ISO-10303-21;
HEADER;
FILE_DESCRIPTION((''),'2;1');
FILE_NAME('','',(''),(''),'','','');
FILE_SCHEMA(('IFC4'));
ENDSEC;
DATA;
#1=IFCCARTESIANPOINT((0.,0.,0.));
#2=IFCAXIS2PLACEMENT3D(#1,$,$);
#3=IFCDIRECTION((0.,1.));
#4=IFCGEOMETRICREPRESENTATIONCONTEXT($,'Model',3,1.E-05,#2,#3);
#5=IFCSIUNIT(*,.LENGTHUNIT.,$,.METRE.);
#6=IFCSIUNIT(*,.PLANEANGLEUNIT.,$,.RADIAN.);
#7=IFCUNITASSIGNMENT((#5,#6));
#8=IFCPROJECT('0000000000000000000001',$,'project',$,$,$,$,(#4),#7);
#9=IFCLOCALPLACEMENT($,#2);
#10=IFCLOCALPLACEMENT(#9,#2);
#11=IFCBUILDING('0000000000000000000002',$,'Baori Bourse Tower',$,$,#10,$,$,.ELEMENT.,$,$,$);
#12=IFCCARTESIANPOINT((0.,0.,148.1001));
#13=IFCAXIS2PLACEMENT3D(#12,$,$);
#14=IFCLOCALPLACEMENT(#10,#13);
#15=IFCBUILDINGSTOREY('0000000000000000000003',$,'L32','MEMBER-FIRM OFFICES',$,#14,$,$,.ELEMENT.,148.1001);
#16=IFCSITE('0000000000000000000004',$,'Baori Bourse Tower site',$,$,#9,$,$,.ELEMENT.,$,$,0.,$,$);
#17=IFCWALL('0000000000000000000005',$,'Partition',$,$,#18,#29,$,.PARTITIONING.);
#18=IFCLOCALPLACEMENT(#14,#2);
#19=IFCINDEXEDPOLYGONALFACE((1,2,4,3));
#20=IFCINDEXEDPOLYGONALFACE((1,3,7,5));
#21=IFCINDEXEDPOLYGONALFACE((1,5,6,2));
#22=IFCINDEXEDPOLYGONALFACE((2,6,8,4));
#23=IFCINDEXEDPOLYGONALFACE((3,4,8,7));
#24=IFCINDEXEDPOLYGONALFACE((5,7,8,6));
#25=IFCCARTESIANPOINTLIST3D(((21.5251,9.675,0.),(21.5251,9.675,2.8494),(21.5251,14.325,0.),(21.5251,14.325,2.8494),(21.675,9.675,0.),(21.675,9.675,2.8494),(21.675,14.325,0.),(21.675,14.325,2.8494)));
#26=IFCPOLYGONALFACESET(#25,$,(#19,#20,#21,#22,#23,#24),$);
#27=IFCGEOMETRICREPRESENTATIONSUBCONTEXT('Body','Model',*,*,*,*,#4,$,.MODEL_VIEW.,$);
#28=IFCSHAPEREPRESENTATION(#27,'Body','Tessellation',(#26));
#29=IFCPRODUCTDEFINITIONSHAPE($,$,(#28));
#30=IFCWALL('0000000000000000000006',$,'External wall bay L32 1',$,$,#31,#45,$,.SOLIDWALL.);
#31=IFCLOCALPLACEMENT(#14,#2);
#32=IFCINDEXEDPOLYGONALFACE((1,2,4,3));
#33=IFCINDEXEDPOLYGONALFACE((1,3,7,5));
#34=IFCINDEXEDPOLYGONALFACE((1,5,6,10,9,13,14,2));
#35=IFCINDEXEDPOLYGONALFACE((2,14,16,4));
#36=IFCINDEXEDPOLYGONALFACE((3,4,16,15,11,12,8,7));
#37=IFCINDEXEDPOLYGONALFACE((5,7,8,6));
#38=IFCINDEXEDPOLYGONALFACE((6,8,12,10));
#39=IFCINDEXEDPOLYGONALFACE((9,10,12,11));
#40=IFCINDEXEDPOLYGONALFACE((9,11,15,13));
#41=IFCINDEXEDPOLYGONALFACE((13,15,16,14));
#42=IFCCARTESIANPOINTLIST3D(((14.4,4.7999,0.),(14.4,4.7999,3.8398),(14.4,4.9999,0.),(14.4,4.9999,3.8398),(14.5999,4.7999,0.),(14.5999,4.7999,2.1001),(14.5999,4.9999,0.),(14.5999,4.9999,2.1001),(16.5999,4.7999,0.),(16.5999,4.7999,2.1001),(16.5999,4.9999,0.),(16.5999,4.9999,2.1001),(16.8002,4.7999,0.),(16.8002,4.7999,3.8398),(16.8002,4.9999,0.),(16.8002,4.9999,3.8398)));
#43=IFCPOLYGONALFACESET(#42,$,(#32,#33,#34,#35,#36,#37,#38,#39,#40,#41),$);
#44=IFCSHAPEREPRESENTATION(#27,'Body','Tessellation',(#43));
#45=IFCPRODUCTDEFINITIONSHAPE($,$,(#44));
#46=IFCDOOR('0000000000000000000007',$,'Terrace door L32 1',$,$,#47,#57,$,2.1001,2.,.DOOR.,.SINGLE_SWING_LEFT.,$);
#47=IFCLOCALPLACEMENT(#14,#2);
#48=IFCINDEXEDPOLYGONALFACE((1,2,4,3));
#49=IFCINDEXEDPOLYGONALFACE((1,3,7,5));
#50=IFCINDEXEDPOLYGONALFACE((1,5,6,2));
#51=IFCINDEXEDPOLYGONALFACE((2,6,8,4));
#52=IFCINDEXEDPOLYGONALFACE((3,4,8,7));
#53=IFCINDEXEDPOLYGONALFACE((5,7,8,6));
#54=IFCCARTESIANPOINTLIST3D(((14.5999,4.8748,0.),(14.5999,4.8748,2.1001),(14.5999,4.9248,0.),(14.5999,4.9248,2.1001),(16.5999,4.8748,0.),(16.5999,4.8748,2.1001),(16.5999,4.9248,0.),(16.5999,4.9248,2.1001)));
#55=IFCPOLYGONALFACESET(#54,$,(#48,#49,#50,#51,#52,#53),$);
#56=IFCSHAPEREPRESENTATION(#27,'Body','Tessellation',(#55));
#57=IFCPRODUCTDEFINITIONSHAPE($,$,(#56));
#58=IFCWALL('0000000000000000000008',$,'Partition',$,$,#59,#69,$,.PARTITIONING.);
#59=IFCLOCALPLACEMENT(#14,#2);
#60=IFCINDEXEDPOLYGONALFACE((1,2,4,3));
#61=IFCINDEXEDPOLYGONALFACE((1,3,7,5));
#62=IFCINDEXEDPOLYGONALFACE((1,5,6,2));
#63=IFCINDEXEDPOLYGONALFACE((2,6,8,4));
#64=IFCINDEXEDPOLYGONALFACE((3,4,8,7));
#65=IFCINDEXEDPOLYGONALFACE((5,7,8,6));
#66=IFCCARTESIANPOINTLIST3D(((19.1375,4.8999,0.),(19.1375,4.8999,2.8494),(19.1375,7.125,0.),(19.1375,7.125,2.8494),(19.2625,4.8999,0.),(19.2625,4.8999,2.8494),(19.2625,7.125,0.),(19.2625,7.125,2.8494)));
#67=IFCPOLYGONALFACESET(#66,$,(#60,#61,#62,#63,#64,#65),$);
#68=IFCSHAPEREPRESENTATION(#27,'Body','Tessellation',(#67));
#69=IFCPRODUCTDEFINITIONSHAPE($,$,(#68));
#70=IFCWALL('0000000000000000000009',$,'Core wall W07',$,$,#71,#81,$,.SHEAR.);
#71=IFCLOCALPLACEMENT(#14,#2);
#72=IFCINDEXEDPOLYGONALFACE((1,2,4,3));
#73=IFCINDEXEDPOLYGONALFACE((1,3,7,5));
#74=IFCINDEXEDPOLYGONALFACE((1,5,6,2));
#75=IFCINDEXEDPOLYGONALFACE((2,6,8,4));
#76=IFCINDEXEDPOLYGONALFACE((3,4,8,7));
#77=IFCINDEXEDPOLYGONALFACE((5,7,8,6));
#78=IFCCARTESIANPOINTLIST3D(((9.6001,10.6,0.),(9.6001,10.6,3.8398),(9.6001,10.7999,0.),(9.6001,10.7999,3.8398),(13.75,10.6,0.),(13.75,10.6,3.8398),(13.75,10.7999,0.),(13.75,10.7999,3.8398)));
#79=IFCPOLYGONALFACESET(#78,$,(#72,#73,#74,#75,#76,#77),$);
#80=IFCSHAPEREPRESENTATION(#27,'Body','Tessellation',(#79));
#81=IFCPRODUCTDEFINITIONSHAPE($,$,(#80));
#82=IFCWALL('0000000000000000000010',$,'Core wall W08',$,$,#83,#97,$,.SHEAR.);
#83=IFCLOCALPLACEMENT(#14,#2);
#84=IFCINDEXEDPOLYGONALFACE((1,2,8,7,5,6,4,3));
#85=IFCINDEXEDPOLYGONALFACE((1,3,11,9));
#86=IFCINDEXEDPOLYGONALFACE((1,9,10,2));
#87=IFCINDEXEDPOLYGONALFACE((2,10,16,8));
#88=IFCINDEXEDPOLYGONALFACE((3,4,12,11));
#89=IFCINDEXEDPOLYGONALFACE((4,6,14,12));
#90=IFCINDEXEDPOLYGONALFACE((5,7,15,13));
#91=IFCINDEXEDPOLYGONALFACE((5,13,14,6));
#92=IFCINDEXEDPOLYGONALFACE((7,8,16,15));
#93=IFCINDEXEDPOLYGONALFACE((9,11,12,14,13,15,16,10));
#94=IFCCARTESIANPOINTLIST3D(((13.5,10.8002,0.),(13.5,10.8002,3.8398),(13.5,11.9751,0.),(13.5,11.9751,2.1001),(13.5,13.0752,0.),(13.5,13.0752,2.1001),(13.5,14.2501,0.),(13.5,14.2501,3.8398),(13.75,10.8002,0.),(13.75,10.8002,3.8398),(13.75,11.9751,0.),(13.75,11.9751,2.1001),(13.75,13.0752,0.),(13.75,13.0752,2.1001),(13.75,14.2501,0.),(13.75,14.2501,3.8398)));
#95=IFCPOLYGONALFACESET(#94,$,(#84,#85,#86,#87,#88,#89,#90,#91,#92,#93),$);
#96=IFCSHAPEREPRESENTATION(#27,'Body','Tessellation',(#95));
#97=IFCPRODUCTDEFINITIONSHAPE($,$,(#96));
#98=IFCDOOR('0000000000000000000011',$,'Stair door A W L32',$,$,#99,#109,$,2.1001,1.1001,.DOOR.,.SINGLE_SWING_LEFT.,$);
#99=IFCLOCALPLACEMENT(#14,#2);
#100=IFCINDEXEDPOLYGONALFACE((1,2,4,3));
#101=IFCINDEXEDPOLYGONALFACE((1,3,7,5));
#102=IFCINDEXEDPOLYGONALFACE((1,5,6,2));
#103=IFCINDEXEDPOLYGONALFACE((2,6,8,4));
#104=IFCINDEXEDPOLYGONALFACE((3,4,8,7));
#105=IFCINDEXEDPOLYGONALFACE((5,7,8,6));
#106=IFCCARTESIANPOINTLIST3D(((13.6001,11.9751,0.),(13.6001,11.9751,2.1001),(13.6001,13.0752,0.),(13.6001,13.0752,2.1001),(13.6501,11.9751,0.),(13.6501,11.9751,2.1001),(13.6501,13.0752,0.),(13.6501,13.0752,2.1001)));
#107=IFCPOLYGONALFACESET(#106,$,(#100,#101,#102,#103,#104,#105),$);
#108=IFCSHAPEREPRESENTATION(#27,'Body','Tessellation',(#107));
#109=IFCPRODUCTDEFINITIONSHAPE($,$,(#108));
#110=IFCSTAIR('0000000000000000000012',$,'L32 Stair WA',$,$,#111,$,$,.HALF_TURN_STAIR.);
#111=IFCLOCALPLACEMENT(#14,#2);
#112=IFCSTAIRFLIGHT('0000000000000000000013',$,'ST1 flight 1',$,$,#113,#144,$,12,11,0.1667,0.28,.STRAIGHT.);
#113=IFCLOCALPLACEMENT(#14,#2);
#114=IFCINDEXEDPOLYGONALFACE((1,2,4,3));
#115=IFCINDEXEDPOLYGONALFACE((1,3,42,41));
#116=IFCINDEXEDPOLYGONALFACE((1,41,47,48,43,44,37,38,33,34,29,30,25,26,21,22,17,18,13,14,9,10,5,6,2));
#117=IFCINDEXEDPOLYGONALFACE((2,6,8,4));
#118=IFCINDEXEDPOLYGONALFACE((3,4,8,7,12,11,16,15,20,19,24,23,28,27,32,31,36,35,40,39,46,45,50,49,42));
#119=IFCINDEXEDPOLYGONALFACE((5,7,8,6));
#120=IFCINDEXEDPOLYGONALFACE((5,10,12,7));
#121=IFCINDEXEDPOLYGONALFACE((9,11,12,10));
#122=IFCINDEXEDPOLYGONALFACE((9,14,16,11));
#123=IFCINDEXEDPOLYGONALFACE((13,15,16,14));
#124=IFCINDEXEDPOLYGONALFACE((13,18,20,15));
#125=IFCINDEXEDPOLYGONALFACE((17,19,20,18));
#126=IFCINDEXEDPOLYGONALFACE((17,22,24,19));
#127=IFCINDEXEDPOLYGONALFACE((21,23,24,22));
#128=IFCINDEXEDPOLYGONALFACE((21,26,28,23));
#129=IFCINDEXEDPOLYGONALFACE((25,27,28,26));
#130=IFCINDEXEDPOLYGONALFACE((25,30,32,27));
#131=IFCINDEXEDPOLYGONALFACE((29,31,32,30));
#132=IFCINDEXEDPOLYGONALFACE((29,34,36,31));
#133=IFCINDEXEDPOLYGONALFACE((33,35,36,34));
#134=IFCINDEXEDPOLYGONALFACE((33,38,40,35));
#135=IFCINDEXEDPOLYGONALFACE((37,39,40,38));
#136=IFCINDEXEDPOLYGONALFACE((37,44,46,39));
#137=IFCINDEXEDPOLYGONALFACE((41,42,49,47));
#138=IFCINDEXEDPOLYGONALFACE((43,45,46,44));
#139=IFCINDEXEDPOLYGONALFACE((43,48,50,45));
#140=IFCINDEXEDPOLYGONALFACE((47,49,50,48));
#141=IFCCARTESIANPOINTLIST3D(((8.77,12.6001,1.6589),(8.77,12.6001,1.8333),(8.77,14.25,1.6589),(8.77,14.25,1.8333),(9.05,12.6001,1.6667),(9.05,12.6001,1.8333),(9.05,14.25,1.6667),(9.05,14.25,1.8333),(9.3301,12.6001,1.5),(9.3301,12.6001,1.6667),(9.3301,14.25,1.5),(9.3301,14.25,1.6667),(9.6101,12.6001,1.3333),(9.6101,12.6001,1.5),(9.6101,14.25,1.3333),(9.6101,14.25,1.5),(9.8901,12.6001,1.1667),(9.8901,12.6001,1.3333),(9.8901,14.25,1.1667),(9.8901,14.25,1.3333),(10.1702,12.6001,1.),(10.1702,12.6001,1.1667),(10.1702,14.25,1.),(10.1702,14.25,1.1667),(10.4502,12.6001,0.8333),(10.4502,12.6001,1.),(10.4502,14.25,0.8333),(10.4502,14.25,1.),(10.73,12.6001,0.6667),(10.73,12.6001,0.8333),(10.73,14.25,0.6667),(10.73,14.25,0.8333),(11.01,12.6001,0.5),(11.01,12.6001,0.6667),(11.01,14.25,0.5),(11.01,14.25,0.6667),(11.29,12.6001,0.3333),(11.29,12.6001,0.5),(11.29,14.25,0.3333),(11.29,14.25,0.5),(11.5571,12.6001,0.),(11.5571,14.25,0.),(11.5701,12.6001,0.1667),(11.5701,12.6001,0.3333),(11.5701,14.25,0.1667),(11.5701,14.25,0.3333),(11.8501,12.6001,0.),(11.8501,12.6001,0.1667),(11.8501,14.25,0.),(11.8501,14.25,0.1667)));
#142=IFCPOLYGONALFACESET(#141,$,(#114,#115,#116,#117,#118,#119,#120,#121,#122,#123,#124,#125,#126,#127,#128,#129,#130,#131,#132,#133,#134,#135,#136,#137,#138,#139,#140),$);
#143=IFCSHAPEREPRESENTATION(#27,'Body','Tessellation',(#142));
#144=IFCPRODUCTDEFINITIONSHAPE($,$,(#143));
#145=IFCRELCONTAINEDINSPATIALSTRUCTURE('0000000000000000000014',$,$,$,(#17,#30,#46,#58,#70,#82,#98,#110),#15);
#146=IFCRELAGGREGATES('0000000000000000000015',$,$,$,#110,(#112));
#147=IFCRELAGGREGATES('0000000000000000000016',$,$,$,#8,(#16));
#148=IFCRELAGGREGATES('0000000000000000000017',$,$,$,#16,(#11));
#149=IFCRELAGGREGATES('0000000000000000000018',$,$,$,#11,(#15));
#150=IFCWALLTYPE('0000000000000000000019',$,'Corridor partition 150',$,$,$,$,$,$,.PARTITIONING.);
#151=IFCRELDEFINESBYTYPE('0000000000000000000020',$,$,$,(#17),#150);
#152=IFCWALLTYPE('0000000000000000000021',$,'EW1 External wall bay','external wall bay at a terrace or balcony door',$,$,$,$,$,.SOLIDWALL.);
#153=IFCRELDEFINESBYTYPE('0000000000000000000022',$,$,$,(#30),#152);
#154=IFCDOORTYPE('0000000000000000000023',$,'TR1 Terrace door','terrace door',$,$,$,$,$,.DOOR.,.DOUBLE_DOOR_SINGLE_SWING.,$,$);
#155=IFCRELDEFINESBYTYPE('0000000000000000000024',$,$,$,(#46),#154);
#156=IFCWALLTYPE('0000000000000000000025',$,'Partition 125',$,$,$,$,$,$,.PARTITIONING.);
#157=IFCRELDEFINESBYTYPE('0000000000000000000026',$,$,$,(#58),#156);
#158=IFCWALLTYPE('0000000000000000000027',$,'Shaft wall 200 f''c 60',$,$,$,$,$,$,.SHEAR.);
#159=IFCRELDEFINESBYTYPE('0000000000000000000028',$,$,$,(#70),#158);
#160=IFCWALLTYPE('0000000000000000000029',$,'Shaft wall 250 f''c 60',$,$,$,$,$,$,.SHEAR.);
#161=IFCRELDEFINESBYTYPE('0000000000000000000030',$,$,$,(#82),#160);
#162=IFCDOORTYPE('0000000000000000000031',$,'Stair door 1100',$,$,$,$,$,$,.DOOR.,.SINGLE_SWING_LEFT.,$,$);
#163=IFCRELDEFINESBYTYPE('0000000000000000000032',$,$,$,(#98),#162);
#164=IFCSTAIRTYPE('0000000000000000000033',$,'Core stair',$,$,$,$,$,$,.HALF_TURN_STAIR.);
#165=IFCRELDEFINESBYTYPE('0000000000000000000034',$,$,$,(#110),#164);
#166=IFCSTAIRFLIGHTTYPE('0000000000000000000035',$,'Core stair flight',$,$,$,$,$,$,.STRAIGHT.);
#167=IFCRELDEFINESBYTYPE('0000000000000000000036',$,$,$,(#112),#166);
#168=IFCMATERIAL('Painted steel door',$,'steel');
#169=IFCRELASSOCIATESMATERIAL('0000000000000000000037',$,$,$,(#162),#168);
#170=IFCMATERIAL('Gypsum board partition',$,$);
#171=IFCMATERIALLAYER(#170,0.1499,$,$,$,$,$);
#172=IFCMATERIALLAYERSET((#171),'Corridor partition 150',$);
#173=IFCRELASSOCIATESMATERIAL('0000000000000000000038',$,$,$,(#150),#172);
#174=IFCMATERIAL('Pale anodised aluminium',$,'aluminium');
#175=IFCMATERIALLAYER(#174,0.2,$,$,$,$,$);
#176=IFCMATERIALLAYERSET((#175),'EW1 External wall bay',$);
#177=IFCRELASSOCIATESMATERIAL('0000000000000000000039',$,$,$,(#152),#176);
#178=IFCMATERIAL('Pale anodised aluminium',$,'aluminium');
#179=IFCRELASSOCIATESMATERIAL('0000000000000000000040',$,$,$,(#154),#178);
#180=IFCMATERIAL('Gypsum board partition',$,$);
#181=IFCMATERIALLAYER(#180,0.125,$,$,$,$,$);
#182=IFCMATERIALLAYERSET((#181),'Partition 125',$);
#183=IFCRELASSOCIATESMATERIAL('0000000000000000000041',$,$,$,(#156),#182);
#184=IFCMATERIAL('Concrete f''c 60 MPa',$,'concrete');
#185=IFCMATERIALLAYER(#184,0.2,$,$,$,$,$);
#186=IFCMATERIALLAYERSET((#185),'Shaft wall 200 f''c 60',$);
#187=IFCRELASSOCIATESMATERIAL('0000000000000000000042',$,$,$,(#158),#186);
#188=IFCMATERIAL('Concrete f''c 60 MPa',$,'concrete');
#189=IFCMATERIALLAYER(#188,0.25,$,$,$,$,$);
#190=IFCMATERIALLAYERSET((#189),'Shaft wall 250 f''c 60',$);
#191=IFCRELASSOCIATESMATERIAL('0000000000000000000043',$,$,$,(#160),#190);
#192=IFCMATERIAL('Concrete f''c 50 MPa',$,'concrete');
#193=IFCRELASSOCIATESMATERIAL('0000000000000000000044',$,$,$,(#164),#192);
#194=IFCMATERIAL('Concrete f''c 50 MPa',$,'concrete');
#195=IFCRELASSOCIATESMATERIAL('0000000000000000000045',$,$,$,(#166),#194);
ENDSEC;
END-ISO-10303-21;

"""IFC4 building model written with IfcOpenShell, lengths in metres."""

from ifc_helpers import new_model, si_unit, direction, frame, frame_2d, origin, place, context, subcontext, project, spatial, polyline, rectangle, outline, extrude, material, layer, layer_set, type_object, element, fill, aggregate, save


model = new_model("IFC4")

# Units and contexts
model_context = context("Model", 3, precision=1e-05, world=origin(), true_north=direction((0.0, 1.0)))
body_context = subcontext(model_context, "Body", "Model", "MODEL_VIEW")
ifc_project = project(units=[si_unit("LENGTHUNIT", "METRE"), si_unit("PLANEANGLEUNIT", "RADIAN")], contexts=[model_context])

# Site, building, storey
site_placement = place(None, origin())
site = spatial("IfcSite", under=ifc_project, at=site_placement, Name="Baori Bourse Tower site", CompositionType="ELEMENT", RefElevation=0.0)
building_placement = place(site_placement, origin())
building = spatial("IfcBuilding", under=site, at=building_placement, Name="Baori Bourse Tower", CompositionType="ELEMENT")
storey_placement = place(building_placement, frame((0.0, 0.0, 148.1001)))
storey = spatial("IfcBuildingStorey", under=building, at=storey_placement, Name="L32", Description="MEMBER-FIRM OFFICES", CompositionType="ELEMENT", Elevation=148.1001)

# Shared definitions
ifc_material_1 = material(Name="Painted steel door", Category="steel")
door_type_1 = type_object("IfcDoorType", Name="Stair door 1100", OperationType="SINGLE_SWING_LEFT", PredefinedType="DOOR", material=ifc_material_1)

# Shared definitions
ifc_material_2 = material(Name="Gypsum board partition")
ifc_layer_1 = layer(ifc_material_2, 0.1499)
ifc_layer_set_1 = layer_set([ifc_layer_1], Name="Corridor partition 150")
wall_type_1 = type_object("IfcWallType", Name="Corridor partition 150", PredefinedType="PARTITIONING", material=ifc_layer_set_1)

# Wall
wall_1_placement = place(storey_placement, frame((21.6001, 9.675, 0.0), z_axis=(0.0, 0.0, 1.0), x_axis=(0.0, 1.0, 0.0)))
element("IfcWall", 1, at=wall_1_placement, inside=storey, type_object=wall_type_1, Name="Partition", PredefinedType="PARTITIONING", context=body_context, shape_type="SweptSolid", body=[
    extrude(rectangle(XDim=4.6499, YDim=0.1499, at=frame_2d((2.325, 0.0))), origin(), (0.0, 0.0, 1.0), 2.8494),
])

# Wall, opening, door
ifc_material_3 = material(Name="Pale anodised aluminium", Category="aluminium")
ifc_layer_2 = layer(ifc_material_3, 0.2)
ifc_layer_set_2 = layer_set([ifc_layer_2], Name="EW1 External wall bay")
wall_type_2 = type_object("IfcWallType", Name="EW1 External wall bay", Description="external wall bay at a terrace or balcony door", PredefinedType="SOLIDWALL", material=ifc_layer_set_2)
wall_2_placement = place(storey_placement, frame((14.3999, 4.8999, 0.0), z_axis=(0.0, 0.0, 1.0), x_axis=(1.0, 0.0, 0.0)))
wall_2 = element("IfcWall", 2, at=wall_2_placement, inside=storey, type_object=wall_type_2, Name="External wall bay L32 1", PredefinedType="SOLIDWALL", context=body_context, shape_type="SweptSolid", body=[
    extrude(rectangle(XDim=2.4001, YDim=0.2, at=frame_2d((1.2002, 0.0))), origin(), (0.0, 0.0, 1.0), 3.8398),
])
opening_1_placement = place(wall_2_placement, frame((0.2, 0.0, 0.0)))
opening_1 = element("IfcOpeningElement", 3, at=opening_1_placement, cuts=wall_2, PredefinedType="OPENING", context=body_context, shape_type="SweptSolid", body=[
    extrude(rectangle(XDim=2.0, YDim=2.1001, at=frame_2d((1.0, 1.05))), frame((0.0, 0.1099, 0.0), z_axis=(0.0, -1.0, 0.0), x_axis=(1.0, 0.0, 0.0)), (0.0, 0.0, 1.0), 0.22),
])
ifc_material_4 = material(Name="Pale anodised aluminium", Category="aluminium")
door_type_2 = type_object("IfcDoorType", Name="TR1 Terrace door", Description="terrace door", OperationType="DOUBLE_DOOR_SINGLE_SWING", PredefinedType="DOOR", material=ifc_material_4)
door_1_placement = place(opening_1_placement, origin())
door_1 = element("IfcDoor", 4, at=door_1_placement, inside=storey, type_object=door_type_2, Name="Terrace door L32 1", OperationType="SINGLE_SWING_LEFT", OverallHeight=2.1001, OverallWidth=2.0, PredefinedType="DOOR", context=body_context, shape_type="SweptSolid", body=[
    extrude(rectangle(XDim=2.0, YDim=2.1001, at=frame_2d((1.0, 1.05))), frame((0.0, 0.0249, 0.0), z_axis=(0.0, -1.0, 0.0), x_axis=(1.0, 0.0, 0.0)), (0.0, 0.0, 1.0), 0.05),
])
fill(opening_1, door_1)

# Walls
ifc_material_5 = material(Name="Gypsum board partition")
ifc_layer_3 = layer(ifc_material_5, 0.125)
ifc_layer_set_3 = layer_set([ifc_layer_3], Name="Partition 125")
wall_type_3 = type_object("IfcWallType", Name="Partition 125", PredefinedType="PARTITIONING", material=ifc_layer_set_3)
wall_3_placement = place(storey_placement, frame((19.2, 4.8999, 0.0), z_axis=(0.0, 0.0, 1.0), x_axis=(0.0, 1.0, 0.0)))
element("IfcWall", 5, at=wall_3_placement, inside=storey, type_object=wall_type_3, Name="Partition", PredefinedType="PARTITIONING", context=body_context, shape_type="SweptSolid", body=[
    extrude(rectangle(XDim=2.2251, YDim=0.125, at=frame_2d((1.1125, 0.0))), origin(), (0.0, 0.0, 1.0), 2.8494),
])
ifc_material_6 = material(Name="Concrete f'c 60 MPa", Category="concrete")
ifc_layer_4 = layer(ifc_material_6, 0.2)
ifc_layer_set_4 = layer_set([ifc_layer_4], Name="Shaft wall 200 f'c 60")
wall_type_4 = type_object("IfcWallType", Name="Shaft wall 200 f'c 60", PredefinedType="SHEAR", material=ifc_layer_set_4)
wall_4_placement = place(storey_placement, frame((9.6001, 10.7, 0.0), z_axis=(0.0, 0.0, 1.0), x_axis=(1.0, 0.0, 0.0)))
element("IfcWall", 6, at=wall_4_placement, inside=storey, type_object=wall_type_4, Name="Core wall W07", PredefinedType="SHEAR", context=body_context, shape_type="SweptSolid", body=[
    extrude(rectangle(XDim=4.1499, YDim=0.2, at=frame_2d((2.075, 0.0))), origin(), (0.0, 0.0, 1.0), 3.8398),
])

# Wall, opening, door
ifc_material_7 = material(Name="Concrete f'c 60 MPa", Category="concrete")
ifc_layer_5 = layer(ifc_material_7, 0.25)
ifc_layer_set_5 = layer_set([ifc_layer_5], Name="Shaft wall 250 f'c 60")
wall_type_5 = type_object("IfcWallType", Name="Shaft wall 250 f'c 60", PredefinedType="SHEAR", material=ifc_layer_set_5)
wall_5_placement = place(storey_placement, frame((13.625, 10.8, 0.0), z_axis=(0.0, 0.0, 1.0), x_axis=(0.0, 1.0, 0.0)))
wall_5 = element("IfcWall", 7, at=wall_5_placement, inside=storey, type_object=wall_type_5, Name="Core wall W08", PredefinedType="SHEAR", context=body_context, shape_type="SweptSolid", body=[
    extrude(rectangle(XDim=3.45, YDim=0.25, at=frame_2d((1.7251, 0.0))), origin(), (0.0, 0.0, 1.0), 3.8398),
])
opening_2_placement = place(wall_5_placement, frame((1.175, 0.0, 0.0)))
opening_2 = element("IfcOpeningElement", 8, at=opening_2_placement, cuts=wall_5, PredefinedType="OPENING", context=body_context, shape_type="SweptSolid", body=[
    extrude(rectangle(XDim=1.1001, YDim=2.1001, at=frame_2d((0.55, 1.05))), frame((0.0, 0.135, 0.0), z_axis=(0.0, -1.0, 0.0), x_axis=(1.0, 0.0, 0.0)), (0.0, 0.0, 1.0), 0.27),
])
door_2_placement = place(opening_2_placement, origin())
door_2 = element("IfcDoor", 9, at=door_2_placement, inside=storey, type_object=door_type_1, Name="Stair door A W L32", OperationType="SINGLE_SWING_LEFT", OverallHeight=2.1001, OverallWidth=1.1001, PredefinedType="DOOR", context=body_context, shape_type="SweptSolid", body=[
    extrude(rectangle(XDim=1.1001, YDim=2.1001, at=frame_2d((0.55, 1.05))), frame((0.0, 0.0249, 0.0), z_axis=(0.0, -1.0, 0.0), x_axis=(1.0, 0.0, 0.0)), (0.0, 0.0, 1.0), 0.05),
])
fill(opening_2, door_2)

# Stair, stair flight
ifc_material_8 = material(Name="Concrete f'c 50 MPa", Category="concrete")
stair_type = type_object("IfcStairType", Name="Core stair", PredefinedType="HALF_TURN_STAIR", material=ifc_material_8)
stair_placement = place(storey_placement, origin())
stair = element("IfcStair", 10, at=stair_placement, inside=storey, type_object=stair_type, Name="L32 Stair WA", PredefinedType="HALF_TURN_STAIR")
ifc_material_9 = material(Name="Concrete f'c 50 MPa", Category="concrete")
stair_flight_type = type_object("IfcStairFlightType", Name="Core stair flight", PredefinedType="STRAIGHT", material=ifc_material_9)
stair_flight_placement = place(storey_placement, frame((11.8501, 13.425, 0.0), z_axis=(0.0, 0.0, 1.0), x_axis=(-1.0, 0.0, 0.0)))
stair_flight = element("IfcStairFlight", 11, at=stair_flight_placement, type_object=stair_flight_type, Name="ST1 flight 1", NumberOfRisers=12, NumberOfTreads=11, PredefinedType="STRAIGHT", RiserHeight=0.1667, TreadLength=0.28, context=body_context, shape_type="SweptSolid", body=[
    extrude(outline(polyline([(0.0, 0.0), (0.0, 0.1667), (0.28, 0.1667), (0.28, 0.3333), (0.5601, 0.3333), (0.5601, 0.5), (0.8401, 0.5), (0.8401, 0.6667), (1.1201, 0.6667), (1.1201, 0.8333), (1.3999, 0.8333), (1.3999, 1.0), (1.6799, 1.0), (1.6799, 1.1667), (1.96, 1.1667), (1.96, 1.3333), (2.24, 1.3333), (2.24, 1.5), (2.52, 1.5), (2.52, 1.6667), (2.8, 1.6667), (2.8, 1.8333), (3.0801, 1.8333), (3.0801, 2.0), (3.0801, 1.6589), (0.293, 0.0), (0.0, 0.0)])), frame((0.0, 0.825, 0.0), z_axis=(0.0, -1.0, 0.0), x_axis=(1.0, 0.0, 0.0)), (0.0, 0.0, 1.0), 1.6499),
])
aggregate(stair, [stair_flight])

save(model, "model.ifc")
